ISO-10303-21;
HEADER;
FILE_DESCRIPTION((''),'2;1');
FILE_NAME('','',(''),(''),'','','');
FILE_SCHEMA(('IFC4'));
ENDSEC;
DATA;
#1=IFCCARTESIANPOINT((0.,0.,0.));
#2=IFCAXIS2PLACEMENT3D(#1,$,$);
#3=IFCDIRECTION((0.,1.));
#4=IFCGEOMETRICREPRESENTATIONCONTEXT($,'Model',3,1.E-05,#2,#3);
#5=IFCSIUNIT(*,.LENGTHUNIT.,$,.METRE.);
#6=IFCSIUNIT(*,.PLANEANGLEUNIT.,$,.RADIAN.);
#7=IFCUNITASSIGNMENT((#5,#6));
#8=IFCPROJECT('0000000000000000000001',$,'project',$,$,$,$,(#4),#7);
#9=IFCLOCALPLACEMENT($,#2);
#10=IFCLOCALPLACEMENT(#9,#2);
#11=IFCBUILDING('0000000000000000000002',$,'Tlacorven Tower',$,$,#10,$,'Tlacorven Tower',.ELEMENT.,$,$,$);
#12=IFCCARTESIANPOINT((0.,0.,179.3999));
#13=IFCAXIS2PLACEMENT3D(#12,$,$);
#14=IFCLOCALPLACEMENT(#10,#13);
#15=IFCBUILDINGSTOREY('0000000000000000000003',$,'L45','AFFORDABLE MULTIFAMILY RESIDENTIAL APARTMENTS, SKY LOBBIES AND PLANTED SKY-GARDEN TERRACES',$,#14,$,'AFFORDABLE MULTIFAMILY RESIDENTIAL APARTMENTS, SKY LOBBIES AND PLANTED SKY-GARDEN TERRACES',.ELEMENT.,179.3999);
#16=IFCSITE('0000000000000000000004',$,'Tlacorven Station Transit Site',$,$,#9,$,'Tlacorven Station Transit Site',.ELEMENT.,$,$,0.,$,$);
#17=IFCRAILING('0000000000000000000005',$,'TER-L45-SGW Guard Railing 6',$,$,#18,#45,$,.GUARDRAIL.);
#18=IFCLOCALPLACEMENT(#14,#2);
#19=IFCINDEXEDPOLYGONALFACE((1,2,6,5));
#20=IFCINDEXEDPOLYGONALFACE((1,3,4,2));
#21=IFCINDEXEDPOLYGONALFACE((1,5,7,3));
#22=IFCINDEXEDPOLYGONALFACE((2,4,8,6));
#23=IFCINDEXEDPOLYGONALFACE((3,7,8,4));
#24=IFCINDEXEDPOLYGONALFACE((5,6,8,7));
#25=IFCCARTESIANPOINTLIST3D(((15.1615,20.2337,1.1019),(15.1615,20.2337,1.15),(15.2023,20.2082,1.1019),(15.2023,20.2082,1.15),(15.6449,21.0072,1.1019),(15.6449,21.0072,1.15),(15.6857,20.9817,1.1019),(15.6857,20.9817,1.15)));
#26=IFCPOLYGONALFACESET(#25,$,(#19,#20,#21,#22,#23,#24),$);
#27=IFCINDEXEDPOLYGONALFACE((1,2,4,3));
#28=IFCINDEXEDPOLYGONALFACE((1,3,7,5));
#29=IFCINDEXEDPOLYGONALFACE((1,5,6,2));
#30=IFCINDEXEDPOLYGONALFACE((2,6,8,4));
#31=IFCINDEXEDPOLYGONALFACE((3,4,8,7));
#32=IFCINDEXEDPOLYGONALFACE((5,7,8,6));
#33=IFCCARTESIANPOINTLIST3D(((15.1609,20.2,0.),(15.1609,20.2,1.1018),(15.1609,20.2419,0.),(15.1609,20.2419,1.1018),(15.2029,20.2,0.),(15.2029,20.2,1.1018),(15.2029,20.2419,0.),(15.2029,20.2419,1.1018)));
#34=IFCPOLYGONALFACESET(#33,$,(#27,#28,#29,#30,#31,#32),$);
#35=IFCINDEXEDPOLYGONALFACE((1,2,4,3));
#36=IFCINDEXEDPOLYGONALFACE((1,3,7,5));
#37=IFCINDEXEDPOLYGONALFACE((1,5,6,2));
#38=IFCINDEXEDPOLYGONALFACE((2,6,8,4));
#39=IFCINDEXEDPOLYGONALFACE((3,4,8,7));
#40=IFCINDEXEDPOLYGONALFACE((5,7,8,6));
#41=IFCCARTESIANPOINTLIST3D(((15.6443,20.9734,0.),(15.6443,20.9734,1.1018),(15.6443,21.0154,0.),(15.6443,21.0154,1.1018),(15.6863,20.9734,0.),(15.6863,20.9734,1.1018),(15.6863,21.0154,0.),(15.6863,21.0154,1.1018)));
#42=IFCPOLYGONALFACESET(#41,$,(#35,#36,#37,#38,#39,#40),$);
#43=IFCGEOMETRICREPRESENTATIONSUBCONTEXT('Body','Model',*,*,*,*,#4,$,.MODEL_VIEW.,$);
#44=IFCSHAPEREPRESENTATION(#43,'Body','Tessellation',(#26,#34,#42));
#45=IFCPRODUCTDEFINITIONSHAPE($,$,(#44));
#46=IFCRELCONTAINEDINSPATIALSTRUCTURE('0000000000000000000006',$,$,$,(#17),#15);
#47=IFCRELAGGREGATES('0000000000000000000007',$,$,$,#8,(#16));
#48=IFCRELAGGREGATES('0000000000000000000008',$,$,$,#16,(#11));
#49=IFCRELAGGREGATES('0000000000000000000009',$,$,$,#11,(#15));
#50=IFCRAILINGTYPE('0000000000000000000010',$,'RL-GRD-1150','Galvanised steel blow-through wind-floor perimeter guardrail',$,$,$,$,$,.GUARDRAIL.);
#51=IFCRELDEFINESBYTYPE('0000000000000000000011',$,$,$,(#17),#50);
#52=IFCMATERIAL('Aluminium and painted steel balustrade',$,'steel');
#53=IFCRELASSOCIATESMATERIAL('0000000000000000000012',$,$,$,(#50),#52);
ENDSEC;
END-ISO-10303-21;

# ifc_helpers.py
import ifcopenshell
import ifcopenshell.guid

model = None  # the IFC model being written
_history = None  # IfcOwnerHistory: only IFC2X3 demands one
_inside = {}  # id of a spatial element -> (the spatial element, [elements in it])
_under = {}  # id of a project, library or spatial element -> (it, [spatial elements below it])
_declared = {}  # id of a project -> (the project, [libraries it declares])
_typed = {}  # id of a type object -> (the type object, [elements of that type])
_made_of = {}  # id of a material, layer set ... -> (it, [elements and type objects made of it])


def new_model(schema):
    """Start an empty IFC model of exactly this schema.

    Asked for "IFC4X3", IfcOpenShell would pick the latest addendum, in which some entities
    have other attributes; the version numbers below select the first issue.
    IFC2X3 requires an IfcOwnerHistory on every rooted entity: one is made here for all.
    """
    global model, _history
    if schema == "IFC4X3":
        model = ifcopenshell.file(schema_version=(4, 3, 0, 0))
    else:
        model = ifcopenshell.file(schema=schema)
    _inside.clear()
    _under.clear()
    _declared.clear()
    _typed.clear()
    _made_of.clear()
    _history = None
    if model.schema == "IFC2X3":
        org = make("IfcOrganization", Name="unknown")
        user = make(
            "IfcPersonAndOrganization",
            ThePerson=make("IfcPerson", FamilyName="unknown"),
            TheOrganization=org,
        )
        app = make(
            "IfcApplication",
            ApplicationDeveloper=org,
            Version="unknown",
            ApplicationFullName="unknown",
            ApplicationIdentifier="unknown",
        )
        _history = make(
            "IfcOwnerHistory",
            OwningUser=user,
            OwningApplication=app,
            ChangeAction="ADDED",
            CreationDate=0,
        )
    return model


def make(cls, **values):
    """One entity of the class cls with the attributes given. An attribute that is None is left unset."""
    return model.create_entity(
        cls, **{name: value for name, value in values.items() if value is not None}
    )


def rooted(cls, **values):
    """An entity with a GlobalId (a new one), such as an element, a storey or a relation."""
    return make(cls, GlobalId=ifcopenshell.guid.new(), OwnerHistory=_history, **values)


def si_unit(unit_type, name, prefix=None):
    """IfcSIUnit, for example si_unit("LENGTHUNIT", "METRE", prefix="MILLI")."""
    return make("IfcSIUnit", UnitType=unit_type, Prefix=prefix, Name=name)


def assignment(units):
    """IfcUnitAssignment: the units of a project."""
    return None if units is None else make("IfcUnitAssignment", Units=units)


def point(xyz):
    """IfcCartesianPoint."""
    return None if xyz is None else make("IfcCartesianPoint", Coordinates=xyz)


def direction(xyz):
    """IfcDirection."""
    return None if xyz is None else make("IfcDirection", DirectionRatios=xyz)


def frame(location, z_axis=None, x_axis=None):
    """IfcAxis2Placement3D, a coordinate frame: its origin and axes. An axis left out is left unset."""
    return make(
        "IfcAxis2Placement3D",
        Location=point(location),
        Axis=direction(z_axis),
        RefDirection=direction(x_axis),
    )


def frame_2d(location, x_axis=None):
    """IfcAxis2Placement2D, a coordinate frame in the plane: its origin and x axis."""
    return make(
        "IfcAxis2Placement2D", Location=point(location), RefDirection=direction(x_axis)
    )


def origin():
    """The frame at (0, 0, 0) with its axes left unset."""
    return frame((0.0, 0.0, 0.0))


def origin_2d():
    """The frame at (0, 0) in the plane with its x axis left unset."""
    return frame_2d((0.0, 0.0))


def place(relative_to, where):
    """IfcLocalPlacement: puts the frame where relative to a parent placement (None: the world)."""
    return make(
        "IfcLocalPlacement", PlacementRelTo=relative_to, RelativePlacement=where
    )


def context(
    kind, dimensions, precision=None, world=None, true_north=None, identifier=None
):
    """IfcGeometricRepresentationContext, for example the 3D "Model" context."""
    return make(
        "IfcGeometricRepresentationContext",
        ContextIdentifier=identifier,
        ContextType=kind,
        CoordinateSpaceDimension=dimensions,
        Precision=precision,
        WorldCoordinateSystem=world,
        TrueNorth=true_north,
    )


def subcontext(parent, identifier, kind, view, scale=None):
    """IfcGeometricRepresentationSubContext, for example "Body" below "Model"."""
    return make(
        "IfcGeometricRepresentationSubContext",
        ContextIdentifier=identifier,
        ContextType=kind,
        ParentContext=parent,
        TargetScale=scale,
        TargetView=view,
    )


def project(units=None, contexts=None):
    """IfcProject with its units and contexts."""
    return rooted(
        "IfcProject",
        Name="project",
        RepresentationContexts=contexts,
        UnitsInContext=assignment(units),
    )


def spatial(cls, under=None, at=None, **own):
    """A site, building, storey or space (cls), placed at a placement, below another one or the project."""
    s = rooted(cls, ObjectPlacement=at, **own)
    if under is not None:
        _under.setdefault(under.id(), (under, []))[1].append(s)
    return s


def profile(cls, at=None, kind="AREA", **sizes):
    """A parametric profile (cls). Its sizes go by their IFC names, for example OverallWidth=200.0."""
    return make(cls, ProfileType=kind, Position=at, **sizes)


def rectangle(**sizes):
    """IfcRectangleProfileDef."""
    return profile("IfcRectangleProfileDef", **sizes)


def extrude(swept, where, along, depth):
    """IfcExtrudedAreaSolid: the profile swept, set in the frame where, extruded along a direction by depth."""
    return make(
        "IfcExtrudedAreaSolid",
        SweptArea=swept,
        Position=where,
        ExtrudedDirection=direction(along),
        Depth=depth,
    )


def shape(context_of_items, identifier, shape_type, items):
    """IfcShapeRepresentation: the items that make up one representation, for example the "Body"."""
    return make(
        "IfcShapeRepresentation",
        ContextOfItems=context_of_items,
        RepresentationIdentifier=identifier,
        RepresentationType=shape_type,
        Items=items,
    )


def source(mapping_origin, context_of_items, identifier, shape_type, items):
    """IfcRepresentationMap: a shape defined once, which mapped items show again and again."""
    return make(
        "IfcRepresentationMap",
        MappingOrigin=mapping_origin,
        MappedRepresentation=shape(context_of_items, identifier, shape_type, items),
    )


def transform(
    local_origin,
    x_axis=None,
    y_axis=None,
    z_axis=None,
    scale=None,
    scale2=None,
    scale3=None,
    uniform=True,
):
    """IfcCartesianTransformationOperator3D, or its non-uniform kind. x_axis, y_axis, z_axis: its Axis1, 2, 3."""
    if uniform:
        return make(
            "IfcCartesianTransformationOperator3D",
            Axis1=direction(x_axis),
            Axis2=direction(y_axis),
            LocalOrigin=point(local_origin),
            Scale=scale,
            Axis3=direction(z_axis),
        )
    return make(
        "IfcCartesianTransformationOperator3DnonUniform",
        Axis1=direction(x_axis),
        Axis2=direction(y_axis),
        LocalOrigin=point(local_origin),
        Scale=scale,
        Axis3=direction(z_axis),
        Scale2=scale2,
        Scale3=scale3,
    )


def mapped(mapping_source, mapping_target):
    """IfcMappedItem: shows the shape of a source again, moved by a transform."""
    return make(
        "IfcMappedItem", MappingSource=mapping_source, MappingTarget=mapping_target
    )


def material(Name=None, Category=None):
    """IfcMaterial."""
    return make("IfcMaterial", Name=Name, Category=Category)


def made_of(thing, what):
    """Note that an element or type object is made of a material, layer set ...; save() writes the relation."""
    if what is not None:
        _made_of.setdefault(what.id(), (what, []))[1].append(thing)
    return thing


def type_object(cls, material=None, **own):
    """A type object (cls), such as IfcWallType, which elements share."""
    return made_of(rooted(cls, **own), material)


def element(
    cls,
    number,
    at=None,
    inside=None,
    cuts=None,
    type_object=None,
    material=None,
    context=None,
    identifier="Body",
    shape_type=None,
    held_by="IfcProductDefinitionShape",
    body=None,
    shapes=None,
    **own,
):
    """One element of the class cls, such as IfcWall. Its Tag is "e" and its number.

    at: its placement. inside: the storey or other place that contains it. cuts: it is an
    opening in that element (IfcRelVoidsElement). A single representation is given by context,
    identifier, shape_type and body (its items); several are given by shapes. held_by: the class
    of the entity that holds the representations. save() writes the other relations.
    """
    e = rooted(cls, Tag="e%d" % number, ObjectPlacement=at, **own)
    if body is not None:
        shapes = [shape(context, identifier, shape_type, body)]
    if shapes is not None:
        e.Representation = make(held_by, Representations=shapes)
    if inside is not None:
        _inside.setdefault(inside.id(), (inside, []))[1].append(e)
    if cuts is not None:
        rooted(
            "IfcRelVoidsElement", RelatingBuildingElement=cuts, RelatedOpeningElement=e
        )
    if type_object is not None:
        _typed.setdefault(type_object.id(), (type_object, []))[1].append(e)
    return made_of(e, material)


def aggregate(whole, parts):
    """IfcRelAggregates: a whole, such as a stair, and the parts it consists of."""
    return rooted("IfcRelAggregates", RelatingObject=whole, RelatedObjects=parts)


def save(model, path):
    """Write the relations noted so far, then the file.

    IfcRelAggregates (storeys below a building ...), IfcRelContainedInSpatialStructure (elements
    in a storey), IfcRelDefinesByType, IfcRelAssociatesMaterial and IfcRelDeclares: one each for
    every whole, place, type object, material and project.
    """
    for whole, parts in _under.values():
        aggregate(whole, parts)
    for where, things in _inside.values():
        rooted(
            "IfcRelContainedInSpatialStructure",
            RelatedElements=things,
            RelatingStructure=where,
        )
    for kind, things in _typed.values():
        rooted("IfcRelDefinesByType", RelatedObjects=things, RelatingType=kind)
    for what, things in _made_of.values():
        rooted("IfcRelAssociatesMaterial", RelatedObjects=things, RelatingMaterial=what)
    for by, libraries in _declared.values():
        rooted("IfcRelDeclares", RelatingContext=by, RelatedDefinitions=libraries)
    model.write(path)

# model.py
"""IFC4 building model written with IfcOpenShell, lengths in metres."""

from ifc_helpers import new_model, si_unit, direction, frame, origin, origin_2d, place, context, subcontext, project, spatial, rectangle, extrude, source, transform, mapped, material, type_object, element, save


model = new_model("IFC4")

# Units and contexts
model_context = context("Model", 3, precision=1e-05, world=origin(), true_north=direction((0.0, 1.0)))
body_context = subcontext(model_context, "Body", "Model", "MODEL_VIEW")
ifc_project = project(units=[si_unit("LENGTHUNIT", "METRE"), si_unit("PLANEANGLEUNIT", "RADIAN")], contexts=[model_context])

# Site, building, storey
site_placement = place(None, origin())
site = spatial("IfcSite", under=ifc_project, at=site_placement, Name="Tlacorven Station Transit Site", LongName="Tlacorven Station Transit Site", CompositionType="ELEMENT", RefElevation=0.0)
building_placement = place(site_placement, origin())
building = spatial("IfcBuilding", under=site, at=building_placement, Name="Tlacorven Tower", LongName="Tlacorven Tower", CompositionType="ELEMENT")
storey_placement = place(building_placement, frame((0.0, 0.0, 179.3999)))
storey = spatial("IfcBuildingStorey", under=building, at=storey_placement, Name="L45", Description="AFFORDABLE MULTIFAMILY RESIDENTIAL APARTMENTS, SKY LOBBIES AND PLANTED SKY-GARDEN TERRACES", LongName="AFFORDABLE MULTIFAMILY RESIDENTIAL APARTMENTS, SKY LOBBIES AND PLANTED SKY-GARDEN TERRACES", CompositionType="ELEMENT", Elevation=179.3999)

# Railing
ifc_material_1 = material(Name="Aluminium and painted steel balustrade", Category="steel")
railing_type_1 = type_object("IfcRailingType", Name="RL-GRD-1150", Description="Galvanised steel blow-through wind-floor perimeter guardrail", PredefinedType="GUARDRAIL", material=ifc_material_1)
shared_shape_1 = source(origin(), body_context, "Body", "SweptSolid", [
    extrude(rectangle(XDim=0.0481, YDim=0.0481, at=origin_2d()), frame((0.0, 0.0, 1.126), z_axis=(0.529999, 0.847998, 0.0), x_axis=(-0.847998, 0.529999, 0.0)), (0.0, 0.0, 1.0), 0.9121),
    extrude(rectangle(XDim=0.042, YDim=0.042, at=origin_2d()), origin(), (0.0, 0.0, 1.0), 1.1018),
    extrude(rectangle(XDim=0.042, YDim=0.042, at=origin_2d()), frame((0.4834, 0.7734, 0.0)), (0.0, 0.0, 1.0), 1.1018),
])
railing_1_placement = place(storey_placement, frame((15.1819, 20.2209, 0.0)))
element("IfcRailing", 1, at=railing_1_placement, inside=storey, type_object=railing_type_1, Name="TER-L45-SGW Guard Railing 6", PredefinedType="GUARDRAIL", context=body_context, shape_type="MappedRepresentation", body=[
    mapped(shared_shape_1, transform((0.0, 0.0, 0.0), scale=1.0)),
])

save(model, "model.ifc")
